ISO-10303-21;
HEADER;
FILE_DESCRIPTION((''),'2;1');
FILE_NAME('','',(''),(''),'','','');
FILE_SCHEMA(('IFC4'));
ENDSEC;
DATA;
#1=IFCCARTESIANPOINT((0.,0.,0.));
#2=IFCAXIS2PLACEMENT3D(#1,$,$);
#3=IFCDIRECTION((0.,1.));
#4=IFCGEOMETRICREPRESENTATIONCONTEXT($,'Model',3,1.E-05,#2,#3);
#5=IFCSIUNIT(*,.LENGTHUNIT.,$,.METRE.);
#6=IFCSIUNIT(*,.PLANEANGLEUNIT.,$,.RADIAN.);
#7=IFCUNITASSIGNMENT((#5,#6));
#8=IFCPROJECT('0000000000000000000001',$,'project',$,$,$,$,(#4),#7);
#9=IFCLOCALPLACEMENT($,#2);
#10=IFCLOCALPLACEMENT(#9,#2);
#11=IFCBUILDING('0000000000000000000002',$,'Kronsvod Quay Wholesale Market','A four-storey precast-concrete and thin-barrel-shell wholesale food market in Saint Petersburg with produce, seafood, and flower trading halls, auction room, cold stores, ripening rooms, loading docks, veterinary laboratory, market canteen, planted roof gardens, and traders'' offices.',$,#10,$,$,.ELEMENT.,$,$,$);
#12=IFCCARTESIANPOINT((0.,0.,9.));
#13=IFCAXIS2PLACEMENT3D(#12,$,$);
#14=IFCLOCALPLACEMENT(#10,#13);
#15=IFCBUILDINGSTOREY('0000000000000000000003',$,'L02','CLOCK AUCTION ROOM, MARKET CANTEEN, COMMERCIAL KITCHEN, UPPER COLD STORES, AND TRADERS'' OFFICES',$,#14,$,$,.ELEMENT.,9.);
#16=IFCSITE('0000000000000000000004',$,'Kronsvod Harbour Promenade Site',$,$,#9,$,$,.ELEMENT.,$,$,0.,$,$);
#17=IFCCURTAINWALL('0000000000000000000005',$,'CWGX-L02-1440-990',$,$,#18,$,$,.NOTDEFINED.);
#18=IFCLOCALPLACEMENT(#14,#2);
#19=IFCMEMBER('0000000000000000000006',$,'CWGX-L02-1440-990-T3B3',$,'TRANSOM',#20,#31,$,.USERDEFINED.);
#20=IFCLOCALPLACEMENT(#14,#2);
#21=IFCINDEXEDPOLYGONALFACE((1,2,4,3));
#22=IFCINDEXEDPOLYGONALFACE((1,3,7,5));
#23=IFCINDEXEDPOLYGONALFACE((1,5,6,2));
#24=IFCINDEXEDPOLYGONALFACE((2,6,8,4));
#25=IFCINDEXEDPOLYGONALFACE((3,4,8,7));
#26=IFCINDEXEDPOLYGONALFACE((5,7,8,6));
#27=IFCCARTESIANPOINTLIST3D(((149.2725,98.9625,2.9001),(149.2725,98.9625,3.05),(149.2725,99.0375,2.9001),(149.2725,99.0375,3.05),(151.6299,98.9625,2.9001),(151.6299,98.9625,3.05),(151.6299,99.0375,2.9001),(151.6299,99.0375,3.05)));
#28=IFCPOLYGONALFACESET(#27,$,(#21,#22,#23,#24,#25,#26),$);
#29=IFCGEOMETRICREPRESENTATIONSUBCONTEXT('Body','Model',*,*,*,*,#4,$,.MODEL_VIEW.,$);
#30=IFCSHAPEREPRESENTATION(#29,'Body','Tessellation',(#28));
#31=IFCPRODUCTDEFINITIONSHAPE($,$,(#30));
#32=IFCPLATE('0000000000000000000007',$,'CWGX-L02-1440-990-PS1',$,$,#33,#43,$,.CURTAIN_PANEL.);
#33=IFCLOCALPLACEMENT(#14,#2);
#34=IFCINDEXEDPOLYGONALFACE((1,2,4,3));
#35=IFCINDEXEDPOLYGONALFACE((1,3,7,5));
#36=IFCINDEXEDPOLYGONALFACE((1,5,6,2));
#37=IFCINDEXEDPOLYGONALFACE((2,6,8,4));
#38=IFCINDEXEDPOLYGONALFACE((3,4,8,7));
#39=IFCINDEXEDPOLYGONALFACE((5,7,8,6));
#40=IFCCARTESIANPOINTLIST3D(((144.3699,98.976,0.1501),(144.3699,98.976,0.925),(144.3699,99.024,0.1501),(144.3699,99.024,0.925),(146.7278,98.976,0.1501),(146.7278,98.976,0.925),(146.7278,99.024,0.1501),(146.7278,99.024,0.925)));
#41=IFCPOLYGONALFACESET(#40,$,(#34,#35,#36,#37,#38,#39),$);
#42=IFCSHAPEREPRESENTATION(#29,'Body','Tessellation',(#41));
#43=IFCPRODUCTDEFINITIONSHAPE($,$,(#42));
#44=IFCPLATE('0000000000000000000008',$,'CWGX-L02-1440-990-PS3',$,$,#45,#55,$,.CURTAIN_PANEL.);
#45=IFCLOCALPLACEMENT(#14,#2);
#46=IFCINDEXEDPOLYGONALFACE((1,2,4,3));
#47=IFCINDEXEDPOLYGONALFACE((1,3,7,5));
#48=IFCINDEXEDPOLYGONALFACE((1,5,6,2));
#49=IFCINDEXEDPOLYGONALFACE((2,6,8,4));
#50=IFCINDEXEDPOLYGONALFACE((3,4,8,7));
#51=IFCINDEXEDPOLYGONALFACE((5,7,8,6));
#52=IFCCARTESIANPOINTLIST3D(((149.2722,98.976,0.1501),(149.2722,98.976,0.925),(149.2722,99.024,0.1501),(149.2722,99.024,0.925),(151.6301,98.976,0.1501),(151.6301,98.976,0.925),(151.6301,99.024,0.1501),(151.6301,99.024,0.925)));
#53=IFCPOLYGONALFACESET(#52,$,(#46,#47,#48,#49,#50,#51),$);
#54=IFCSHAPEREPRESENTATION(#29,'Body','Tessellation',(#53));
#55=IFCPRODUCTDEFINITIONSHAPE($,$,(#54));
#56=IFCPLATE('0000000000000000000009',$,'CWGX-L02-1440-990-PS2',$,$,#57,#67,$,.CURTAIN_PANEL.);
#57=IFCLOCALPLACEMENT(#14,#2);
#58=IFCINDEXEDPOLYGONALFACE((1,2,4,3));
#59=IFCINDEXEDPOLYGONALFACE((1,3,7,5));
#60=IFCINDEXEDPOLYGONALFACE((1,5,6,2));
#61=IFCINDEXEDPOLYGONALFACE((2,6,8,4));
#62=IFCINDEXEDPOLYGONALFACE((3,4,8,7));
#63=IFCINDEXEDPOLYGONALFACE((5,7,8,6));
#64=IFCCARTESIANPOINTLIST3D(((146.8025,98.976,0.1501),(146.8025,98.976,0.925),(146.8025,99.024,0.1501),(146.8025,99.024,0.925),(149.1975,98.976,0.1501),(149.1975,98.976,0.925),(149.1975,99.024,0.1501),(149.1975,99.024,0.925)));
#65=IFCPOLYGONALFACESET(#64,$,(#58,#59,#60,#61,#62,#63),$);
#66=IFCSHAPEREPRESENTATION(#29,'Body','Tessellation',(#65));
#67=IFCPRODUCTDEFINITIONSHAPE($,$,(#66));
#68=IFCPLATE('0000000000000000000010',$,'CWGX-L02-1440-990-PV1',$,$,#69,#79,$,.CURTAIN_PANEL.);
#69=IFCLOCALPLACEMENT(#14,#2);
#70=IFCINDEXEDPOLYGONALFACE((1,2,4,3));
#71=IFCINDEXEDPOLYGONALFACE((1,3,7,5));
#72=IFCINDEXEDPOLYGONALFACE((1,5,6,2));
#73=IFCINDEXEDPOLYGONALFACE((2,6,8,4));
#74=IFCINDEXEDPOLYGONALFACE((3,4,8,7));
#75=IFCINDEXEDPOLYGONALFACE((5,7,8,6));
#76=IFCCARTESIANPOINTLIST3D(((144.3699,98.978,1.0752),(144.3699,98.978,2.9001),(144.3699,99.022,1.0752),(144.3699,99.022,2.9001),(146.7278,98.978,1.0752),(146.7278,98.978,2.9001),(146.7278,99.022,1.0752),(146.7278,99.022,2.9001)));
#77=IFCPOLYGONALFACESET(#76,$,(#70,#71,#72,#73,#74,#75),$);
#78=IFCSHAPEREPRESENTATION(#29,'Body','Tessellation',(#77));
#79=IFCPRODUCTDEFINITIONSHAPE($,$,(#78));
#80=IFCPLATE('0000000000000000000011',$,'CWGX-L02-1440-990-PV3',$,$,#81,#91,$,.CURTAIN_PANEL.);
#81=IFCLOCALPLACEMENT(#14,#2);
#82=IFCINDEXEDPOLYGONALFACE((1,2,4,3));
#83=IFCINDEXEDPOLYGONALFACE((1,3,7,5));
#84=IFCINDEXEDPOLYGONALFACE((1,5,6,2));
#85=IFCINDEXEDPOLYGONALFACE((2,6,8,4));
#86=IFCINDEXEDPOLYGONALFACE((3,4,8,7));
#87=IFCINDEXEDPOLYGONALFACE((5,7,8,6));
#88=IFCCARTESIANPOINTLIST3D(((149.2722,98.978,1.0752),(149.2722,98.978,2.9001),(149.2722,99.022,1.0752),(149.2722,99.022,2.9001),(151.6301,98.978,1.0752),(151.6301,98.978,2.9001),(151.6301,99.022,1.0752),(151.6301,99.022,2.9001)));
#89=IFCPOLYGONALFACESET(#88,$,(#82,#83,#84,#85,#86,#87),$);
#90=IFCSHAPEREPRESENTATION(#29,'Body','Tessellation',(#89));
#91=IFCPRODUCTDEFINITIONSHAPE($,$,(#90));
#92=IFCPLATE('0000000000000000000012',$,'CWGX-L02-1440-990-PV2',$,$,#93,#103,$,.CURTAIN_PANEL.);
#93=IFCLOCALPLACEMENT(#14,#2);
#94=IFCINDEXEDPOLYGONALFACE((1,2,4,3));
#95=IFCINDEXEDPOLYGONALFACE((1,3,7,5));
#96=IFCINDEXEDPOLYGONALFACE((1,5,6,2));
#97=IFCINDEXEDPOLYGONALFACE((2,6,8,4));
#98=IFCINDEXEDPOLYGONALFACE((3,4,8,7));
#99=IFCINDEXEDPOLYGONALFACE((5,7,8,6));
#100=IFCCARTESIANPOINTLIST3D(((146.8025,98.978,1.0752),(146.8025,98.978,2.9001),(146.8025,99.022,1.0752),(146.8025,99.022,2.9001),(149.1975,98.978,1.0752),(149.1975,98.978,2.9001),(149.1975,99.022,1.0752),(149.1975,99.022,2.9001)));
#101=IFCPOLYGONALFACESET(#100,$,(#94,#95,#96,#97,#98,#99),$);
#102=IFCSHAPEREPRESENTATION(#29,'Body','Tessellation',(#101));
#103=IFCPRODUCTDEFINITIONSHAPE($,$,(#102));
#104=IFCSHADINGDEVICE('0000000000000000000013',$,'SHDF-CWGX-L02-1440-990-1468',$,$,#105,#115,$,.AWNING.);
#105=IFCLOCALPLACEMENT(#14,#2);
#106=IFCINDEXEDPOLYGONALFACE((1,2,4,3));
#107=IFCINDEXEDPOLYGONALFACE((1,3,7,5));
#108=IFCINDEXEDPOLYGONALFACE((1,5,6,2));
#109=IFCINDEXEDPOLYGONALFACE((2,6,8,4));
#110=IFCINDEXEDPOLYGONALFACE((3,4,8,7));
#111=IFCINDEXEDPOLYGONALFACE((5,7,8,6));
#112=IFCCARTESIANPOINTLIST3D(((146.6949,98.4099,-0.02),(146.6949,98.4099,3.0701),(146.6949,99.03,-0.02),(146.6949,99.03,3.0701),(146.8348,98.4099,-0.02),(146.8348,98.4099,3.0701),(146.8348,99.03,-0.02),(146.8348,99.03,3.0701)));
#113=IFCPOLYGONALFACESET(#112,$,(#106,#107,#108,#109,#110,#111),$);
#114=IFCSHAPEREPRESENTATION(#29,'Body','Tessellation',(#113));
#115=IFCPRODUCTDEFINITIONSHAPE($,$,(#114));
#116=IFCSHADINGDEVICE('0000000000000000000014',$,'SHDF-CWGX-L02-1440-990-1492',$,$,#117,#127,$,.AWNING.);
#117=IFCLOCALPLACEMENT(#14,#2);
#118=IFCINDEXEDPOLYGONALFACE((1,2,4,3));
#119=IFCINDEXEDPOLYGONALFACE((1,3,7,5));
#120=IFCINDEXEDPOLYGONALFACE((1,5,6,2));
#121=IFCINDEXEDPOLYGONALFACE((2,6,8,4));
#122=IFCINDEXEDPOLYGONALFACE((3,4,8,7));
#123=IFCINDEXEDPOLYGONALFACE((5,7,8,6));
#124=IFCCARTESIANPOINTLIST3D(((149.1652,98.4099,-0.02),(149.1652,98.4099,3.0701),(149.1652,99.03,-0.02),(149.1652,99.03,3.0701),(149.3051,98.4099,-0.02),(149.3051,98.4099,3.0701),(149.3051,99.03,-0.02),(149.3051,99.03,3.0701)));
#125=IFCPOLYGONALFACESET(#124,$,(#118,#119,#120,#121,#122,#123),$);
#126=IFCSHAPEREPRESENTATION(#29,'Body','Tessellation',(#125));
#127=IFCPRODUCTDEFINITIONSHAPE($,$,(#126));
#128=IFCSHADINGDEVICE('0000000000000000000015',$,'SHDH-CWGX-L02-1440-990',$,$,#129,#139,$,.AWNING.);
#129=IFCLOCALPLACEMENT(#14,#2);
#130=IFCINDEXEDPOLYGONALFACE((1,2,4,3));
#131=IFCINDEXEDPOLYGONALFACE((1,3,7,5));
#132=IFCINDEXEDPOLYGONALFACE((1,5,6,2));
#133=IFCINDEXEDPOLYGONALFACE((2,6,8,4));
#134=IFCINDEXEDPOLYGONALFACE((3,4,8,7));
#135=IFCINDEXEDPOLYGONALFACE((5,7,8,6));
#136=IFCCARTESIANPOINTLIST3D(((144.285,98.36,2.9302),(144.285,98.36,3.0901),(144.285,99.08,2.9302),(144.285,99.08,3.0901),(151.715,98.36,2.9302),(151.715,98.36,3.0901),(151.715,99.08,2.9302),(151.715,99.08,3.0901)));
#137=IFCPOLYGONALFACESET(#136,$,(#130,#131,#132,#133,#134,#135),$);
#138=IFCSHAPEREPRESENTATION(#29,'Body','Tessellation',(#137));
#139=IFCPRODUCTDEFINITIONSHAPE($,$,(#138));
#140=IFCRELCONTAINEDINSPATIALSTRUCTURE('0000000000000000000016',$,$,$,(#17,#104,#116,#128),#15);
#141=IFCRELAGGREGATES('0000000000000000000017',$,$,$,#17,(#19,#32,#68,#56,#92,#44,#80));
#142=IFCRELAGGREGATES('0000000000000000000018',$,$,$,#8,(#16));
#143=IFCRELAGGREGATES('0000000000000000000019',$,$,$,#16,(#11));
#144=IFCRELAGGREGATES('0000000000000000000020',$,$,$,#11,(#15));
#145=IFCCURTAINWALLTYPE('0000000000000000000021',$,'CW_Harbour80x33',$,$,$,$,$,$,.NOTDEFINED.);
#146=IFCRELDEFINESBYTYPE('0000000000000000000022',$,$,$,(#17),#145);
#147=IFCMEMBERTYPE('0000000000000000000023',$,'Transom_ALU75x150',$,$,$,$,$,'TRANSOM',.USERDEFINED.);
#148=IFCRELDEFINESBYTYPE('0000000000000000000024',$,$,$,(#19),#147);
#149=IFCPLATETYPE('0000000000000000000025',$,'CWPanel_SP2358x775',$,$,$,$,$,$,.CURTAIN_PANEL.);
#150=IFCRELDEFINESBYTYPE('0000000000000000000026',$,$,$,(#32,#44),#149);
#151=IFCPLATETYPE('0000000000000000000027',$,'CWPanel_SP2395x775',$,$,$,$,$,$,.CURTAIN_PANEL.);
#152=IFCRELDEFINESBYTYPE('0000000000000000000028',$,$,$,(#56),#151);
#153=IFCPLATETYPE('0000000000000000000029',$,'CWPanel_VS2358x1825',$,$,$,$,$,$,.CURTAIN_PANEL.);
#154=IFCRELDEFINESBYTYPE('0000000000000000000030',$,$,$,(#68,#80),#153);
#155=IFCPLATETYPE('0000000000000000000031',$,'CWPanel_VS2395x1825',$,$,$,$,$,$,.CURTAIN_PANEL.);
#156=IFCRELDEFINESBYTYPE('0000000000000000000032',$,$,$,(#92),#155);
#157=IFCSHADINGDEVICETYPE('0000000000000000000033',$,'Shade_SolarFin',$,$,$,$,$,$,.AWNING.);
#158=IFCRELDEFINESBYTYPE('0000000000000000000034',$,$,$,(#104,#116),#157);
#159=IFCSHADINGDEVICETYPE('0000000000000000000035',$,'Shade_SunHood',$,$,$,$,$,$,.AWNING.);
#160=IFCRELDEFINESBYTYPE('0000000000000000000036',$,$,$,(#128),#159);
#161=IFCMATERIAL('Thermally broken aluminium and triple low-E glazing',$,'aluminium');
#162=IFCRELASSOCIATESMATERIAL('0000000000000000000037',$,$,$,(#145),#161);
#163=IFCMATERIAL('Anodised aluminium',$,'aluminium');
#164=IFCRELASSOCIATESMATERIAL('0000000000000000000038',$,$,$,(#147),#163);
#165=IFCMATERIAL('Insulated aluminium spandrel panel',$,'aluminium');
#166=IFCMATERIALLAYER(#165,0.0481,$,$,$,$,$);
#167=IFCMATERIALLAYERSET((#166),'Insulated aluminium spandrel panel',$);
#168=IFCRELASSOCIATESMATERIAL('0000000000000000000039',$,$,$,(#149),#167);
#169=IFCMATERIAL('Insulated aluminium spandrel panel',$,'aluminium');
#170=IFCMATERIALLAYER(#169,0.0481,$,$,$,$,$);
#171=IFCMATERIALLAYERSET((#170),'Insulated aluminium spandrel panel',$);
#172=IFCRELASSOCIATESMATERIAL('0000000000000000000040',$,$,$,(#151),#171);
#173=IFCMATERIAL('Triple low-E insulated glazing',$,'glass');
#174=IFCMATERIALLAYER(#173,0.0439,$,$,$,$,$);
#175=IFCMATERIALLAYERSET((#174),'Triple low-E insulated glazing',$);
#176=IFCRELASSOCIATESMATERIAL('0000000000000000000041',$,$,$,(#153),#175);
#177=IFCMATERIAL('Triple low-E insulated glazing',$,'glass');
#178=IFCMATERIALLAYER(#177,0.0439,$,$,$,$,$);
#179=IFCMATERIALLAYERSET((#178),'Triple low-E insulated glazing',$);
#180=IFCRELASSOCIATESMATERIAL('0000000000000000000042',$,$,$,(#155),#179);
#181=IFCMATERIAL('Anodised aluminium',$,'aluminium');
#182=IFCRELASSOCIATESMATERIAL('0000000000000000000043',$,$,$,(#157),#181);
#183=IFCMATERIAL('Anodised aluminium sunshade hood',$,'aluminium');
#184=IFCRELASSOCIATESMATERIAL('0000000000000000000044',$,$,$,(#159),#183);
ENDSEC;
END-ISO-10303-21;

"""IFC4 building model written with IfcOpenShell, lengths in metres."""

from ifc_helpers import new_model, si_unit, direction, frame, origin, origin_2d, place, context, subcontext, project, spatial, rectangle, extrude, material, layer, layer_set, material_profile, profile_set, type_object, element, aggregate, save


model = new_model("IFC4")

# Units and contexts
model_context = context("Model", 3, precision=1e-05, world=origin(), true_north=direction((0.0, 1.0)))
body_context = subcontext(model_context, "Body", "Model", "MODEL_VIEW")
ifc_project = project(units=[si_unit("LENGTHUNIT", "METRE"), si_unit("PLANEANGLEUNIT", "RADIAN")], contexts=[model_context])

# Site, building, storey
site_placement = place(None, origin())
site = spatial("IfcSite", under=ifc_project, at=site_placement, Name="Kronsvod Harbour Promenade Site", CompositionType="ELEMENT", RefElevation=0.0)
building_placement = place(site_placement, origin())
building = spatial("IfcBuilding", under=site, at=building_placement, Name="Kronsvod Quay Wholesale Market", Description="A four-storey precast-concrete and thin-barrel-shell wholesale food market in Saint Petersburg with produce, seafood, and flower trading halls, auction room, cold stores, ripening rooms, loading docks, veterinary laboratory, market canteen, planted roof gardens, and traders' offices.", CompositionType="ELEMENT")
storey_placement = place(building_placement, frame((0.0, 0.0, 9.0)))
storey = spatial("IfcBuildingStorey", under=building, at=storey_placement, Name="L02", Description="CLOCK AUCTION ROOM, MARKET CANTEEN, COMMERCIAL KITCHEN, UPPER COLD STORES, AND TRADERS' OFFICES", CompositionType="ELEMENT", Elevation=9.0)

# Curtain wall, member, plates
ifc_material_1 = material(Name="Thermally broken aluminium and triple low-E glazing", Category="aluminium")
curtain_wall_type = type_object("IfcCurtainWallType", Name="CW_Harbour80x33", PredefinedType="NOTDEFINED", material=ifc_material_1)
curtain_wall_placement = place(storey_placement, origin())
curtain_wall = element("IfcCurtainWall", 1, at=curtain_wall_placement, inside=storey, type_object=curtain_wall_type, Name="CWGX-L02-1440-990", PredefinedType="NOTDEFINED")
ifc_material_2 = material(Name="Anodised aluminium", Category="aluminium")
ifc_material_profile_1 = material_profile(ifc_material_2, rectangle(XDim=0.075, YDim=0.1499, at=origin_2d()), Name="ALUT75x150")
ifc_profile_set_1 = profile_set([ifc_material_profile_1], Name="Anodised aluminium")
member_type_1 = type_object("IfcMemberType", Name="Transom_ALU75x150", ElementType="TRANSOM", PredefinedType="USERDEFINED", material=ifc_profile_set_1)
member_1_placement = place(storey_placement, frame((149.2725, 99.0, 2.9751), z_axis=(1.0, 0.0, 0.0), x_axis=(0.0, 1.0, 0.0)))
member_1 = element("IfcMember", 2, at=member_1_placement, type_object=member_type_1, Name="CWGX-L02-1440-990-T3B3", ObjectType="TRANSOM", PredefinedType="USERDEFINED", context=body_context, shape_type="SweptSolid", body=[
    extrude(rectangle(XDim=0.075, YDim=0.1499, at=origin_2d()), origin(), (0.0, 0.0, 1.0), 2.3574),
])
ifc_material_3 = material(Name="Insulated aluminium spandrel panel", Category="aluminium")
ifc_layer_1 = layer(ifc_material_3, 0.0481)
ifc_layer_set_1 = layer_set([ifc_layer_1], Name="Insulated aluminium spandrel panel")
plate_type_1 = type_object("IfcPlateType", Name="CWPanel_SP2358x775", PredefinedType="CURTAIN_PANEL", material=ifc_layer_set_1)
plate_1_placement = place(storey_placement, frame((145.5488, 99.0, 0.1501), z_axis=(0.0, 0.0, 1.0), x_axis=(1.0, 0.0, 0.0)))
plate_1 = element("IfcPlate", 3, at=plate_1_placement, type_object=plate_type_1, Name="CWGX-L02-1440-990-PS1", PredefinedType="CURTAIN_PANEL", context=body_context, shape_type="SweptSolid", body=[
    extrude(rectangle(XDim=2.3579, YDim=0.0481, at=origin_2d()), origin(), (0.0, 0.0, 1.0), 0.7749),
])
plate_2_placement = place(storey_placement, frame((150.4512, 99.0, 0.1501), z_axis=(0.0, 0.0, 1.0), x_axis=(1.0, 0.0, 0.0)))
plate_2 = element("IfcPlate", 4, at=plate_2_placement, type_object=plate_type_1, Name="CWGX-L02-1440-990-PS3", PredefinedType="CURTAIN_PANEL", context=body_context, shape_type="SweptSolid", body=[
    extrude(rectangle(XDim=2.3579, YDim=0.0481, at=origin_2d()), origin(), (0.0, 0.0, 1.0), 0.7749),
])
ifc_material_4 = material(Name="Insulated aluminium spandrel panel", Category="aluminium")
ifc_layer_2 = layer(ifc_material_4, 0.0481)
ifc_layer_set_2 = layer_set([ifc_layer_2], Name="Insulated aluminium spandrel panel")
plate_type_2 = type_object("IfcPlateType", Name="CWPanel_SP2395x775", PredefinedType="CURTAIN_PANEL", material=ifc_layer_set_2)
plate_3_placement = place(storey_placement, frame((148.0, 99.0, 0.1501), z_axis=(0.0, 0.0, 1.0), x_axis=(1.0, 0.0, 0.0)))
plate_3 = element("IfcPlate", 5, at=plate_3_placement, type_object=plate_type_2, Name="CWGX-L02-1440-990-PS2", PredefinedType="CURTAIN_PANEL", context=body_context, shape_type="SweptSolid", body=[
    extrude(rectangle(XDim=2.395, YDim=0.0481, at=origin_2d()), origin(), (0.0, 0.0, 1.0), 0.7749),
])
ifc_material_5 = material(Name="Triple low-E insulated glazing", Category="glass")
ifc_layer_3 = layer(ifc_material_5, 0.0439)
ifc_layer_set_3 = layer_set([ifc_layer_3], Name="Triple low-E insulated glazing")
plate_type_3 = type_object("IfcPlateType", Name="CWPanel_VS2358x1825", PredefinedType="CURTAIN_PANEL", material=ifc_layer_set_3)
plate_4_placement = place(storey_placement, frame((145.5488, 99.0, 1.0752), z_axis=(0.0, 0.0, 1.0), x_axis=(1.0, 0.0, 0.0)))
plate_4 = element("IfcPlate", 6, at=plate_4_placement, type_object=plate_type_3, Name="CWGX-L02-1440-990-PV1", PredefinedType="CURTAIN_PANEL", context=body_context, shape_type="SweptSolid", body=[
    extrude(rectangle(XDim=2.3579, YDim=0.0439, at=origin_2d()), origin(), (0.0, 0.0, 1.0), 1.825),
])
plate_5_placement = place(storey_placement, frame((150.4512, 99.0, 1.0752), z_axis=(0.0, 0.0, 1.0), x_axis=(1.0, 0.0, 0.0)))
plate_5 = element("IfcPlate", 7, at=plate_5_placement, type_object=plate_type_3, Name="CWGX-L02-1440-990-PV3", PredefinedType="CURTAIN_PANEL", context=body_context, shape_type="SweptSolid", body=[
    extrude(rectangle(XDim=2.3579, YDim=0.0439, at=origin_2d()), origin(), (0.0, 0.0, 1.0), 1.825),
])
ifc_material_6 = material(Name="Triple low-E insulated glazing", Category="glass")
ifc_layer_4 = layer(ifc_material_6, 0.0439)
ifc_layer_set_4 = layer_set([ifc_layer_4], Name="Triple low-E insulated glazing")
plate_type_4 = type_object("IfcPlateType", Name="CWPanel_VS2395x1825", PredefinedType="CURTAIN_PANEL", material=ifc_layer_set_4)
plate_6_placement = place(storey_placement, frame((148.0, 99.0, 1.0752), z_axis=(0.0, 0.0, 1.0), x_axis=(1.0, 0.0, 0.0)))
plate_6 = element("IfcPlate", 8, at=plate_6_placement, type_object=plate_type_4, Name="CWGX-L02-1440-990-PV2", PredefinedType="CURTAIN_PANEL", context=body_context, shape_type="SweptSolid", body=[
    extrude(rectangle(XDim=2.395, YDim=0.0439, at=origin_2d()), origin(), (0.0, 0.0, 1.0), 1.825),
])
aggregate(curtain_wall, [member_1, plate_1, plate_4, plate_3, plate_6, plate_2, plate_5])

# Shading devices
ifc_material_7 = material(Name="Anodised aluminium", Category="aluminium")
shading_device_type_1 = type_object("IfcShadingDeviceType", Name="Shade_SolarFin", PredefinedType="AWNING", material=ifc_material_7)
for number, where, z_axis, x_axis, name in (
    (9, (146.7649, 98.72, -0.02), (0.0, 0.0, 1.0), (1.0, 0.0, 0.0), "SHDF-CWGX-L02-1440-990-1468"),
    (10, (149.2351, 98.72, -0.02), (0.0, 0.0, 1.0), (1.0, 0.0, 0.0), "SHDF-CWGX-L02-1440-990-1492"),
):
    element("IfcShadingDevice", number, at=place(storey_placement, frame(where, z_axis=z_axis, x_axis=x_axis)), inside=storey, type_object=shading_device_type_1, Name=name, PredefinedType="AWNING", context=body_context, shape_type="SweptSolid", body=[
        extrude(rectangle(XDim=0.1399, YDim=0.6201, at=origin_2d()), origin(), (0.0, 0.0, 1.0), 3.0901),
    ])
ifc_material_8 = material(Name="Anodised aluminium sunshade hood", Category="aluminium")
shading_device_type_2 = type_object("IfcShadingDeviceType", Name="Shade_SunHood", PredefinedType="AWNING", material=ifc_material_8)
shading_device_placement = place(storey_placement, frame((148.0, 98.72, 2.9302), z_axis=(0.0, 0.0, 1.0), x_axis=(1.0, 0.0, 0.0)))
element("IfcShadingDevice", 11, at=shading_device_placement, inside=storey, type_object=shading_device_type_2, Name="SHDH-CWGX-L02-1440-990", PredefinedType="AWNING", context=body_context, shape_type="SweptSolid", body=[
    extrude(rectangle(XDim=7.4299, YDim=0.72, at=origin_2d()), origin(), (0.0, 0.0, 1.0), 0.1599),
])

save(model, "model.ifc")
